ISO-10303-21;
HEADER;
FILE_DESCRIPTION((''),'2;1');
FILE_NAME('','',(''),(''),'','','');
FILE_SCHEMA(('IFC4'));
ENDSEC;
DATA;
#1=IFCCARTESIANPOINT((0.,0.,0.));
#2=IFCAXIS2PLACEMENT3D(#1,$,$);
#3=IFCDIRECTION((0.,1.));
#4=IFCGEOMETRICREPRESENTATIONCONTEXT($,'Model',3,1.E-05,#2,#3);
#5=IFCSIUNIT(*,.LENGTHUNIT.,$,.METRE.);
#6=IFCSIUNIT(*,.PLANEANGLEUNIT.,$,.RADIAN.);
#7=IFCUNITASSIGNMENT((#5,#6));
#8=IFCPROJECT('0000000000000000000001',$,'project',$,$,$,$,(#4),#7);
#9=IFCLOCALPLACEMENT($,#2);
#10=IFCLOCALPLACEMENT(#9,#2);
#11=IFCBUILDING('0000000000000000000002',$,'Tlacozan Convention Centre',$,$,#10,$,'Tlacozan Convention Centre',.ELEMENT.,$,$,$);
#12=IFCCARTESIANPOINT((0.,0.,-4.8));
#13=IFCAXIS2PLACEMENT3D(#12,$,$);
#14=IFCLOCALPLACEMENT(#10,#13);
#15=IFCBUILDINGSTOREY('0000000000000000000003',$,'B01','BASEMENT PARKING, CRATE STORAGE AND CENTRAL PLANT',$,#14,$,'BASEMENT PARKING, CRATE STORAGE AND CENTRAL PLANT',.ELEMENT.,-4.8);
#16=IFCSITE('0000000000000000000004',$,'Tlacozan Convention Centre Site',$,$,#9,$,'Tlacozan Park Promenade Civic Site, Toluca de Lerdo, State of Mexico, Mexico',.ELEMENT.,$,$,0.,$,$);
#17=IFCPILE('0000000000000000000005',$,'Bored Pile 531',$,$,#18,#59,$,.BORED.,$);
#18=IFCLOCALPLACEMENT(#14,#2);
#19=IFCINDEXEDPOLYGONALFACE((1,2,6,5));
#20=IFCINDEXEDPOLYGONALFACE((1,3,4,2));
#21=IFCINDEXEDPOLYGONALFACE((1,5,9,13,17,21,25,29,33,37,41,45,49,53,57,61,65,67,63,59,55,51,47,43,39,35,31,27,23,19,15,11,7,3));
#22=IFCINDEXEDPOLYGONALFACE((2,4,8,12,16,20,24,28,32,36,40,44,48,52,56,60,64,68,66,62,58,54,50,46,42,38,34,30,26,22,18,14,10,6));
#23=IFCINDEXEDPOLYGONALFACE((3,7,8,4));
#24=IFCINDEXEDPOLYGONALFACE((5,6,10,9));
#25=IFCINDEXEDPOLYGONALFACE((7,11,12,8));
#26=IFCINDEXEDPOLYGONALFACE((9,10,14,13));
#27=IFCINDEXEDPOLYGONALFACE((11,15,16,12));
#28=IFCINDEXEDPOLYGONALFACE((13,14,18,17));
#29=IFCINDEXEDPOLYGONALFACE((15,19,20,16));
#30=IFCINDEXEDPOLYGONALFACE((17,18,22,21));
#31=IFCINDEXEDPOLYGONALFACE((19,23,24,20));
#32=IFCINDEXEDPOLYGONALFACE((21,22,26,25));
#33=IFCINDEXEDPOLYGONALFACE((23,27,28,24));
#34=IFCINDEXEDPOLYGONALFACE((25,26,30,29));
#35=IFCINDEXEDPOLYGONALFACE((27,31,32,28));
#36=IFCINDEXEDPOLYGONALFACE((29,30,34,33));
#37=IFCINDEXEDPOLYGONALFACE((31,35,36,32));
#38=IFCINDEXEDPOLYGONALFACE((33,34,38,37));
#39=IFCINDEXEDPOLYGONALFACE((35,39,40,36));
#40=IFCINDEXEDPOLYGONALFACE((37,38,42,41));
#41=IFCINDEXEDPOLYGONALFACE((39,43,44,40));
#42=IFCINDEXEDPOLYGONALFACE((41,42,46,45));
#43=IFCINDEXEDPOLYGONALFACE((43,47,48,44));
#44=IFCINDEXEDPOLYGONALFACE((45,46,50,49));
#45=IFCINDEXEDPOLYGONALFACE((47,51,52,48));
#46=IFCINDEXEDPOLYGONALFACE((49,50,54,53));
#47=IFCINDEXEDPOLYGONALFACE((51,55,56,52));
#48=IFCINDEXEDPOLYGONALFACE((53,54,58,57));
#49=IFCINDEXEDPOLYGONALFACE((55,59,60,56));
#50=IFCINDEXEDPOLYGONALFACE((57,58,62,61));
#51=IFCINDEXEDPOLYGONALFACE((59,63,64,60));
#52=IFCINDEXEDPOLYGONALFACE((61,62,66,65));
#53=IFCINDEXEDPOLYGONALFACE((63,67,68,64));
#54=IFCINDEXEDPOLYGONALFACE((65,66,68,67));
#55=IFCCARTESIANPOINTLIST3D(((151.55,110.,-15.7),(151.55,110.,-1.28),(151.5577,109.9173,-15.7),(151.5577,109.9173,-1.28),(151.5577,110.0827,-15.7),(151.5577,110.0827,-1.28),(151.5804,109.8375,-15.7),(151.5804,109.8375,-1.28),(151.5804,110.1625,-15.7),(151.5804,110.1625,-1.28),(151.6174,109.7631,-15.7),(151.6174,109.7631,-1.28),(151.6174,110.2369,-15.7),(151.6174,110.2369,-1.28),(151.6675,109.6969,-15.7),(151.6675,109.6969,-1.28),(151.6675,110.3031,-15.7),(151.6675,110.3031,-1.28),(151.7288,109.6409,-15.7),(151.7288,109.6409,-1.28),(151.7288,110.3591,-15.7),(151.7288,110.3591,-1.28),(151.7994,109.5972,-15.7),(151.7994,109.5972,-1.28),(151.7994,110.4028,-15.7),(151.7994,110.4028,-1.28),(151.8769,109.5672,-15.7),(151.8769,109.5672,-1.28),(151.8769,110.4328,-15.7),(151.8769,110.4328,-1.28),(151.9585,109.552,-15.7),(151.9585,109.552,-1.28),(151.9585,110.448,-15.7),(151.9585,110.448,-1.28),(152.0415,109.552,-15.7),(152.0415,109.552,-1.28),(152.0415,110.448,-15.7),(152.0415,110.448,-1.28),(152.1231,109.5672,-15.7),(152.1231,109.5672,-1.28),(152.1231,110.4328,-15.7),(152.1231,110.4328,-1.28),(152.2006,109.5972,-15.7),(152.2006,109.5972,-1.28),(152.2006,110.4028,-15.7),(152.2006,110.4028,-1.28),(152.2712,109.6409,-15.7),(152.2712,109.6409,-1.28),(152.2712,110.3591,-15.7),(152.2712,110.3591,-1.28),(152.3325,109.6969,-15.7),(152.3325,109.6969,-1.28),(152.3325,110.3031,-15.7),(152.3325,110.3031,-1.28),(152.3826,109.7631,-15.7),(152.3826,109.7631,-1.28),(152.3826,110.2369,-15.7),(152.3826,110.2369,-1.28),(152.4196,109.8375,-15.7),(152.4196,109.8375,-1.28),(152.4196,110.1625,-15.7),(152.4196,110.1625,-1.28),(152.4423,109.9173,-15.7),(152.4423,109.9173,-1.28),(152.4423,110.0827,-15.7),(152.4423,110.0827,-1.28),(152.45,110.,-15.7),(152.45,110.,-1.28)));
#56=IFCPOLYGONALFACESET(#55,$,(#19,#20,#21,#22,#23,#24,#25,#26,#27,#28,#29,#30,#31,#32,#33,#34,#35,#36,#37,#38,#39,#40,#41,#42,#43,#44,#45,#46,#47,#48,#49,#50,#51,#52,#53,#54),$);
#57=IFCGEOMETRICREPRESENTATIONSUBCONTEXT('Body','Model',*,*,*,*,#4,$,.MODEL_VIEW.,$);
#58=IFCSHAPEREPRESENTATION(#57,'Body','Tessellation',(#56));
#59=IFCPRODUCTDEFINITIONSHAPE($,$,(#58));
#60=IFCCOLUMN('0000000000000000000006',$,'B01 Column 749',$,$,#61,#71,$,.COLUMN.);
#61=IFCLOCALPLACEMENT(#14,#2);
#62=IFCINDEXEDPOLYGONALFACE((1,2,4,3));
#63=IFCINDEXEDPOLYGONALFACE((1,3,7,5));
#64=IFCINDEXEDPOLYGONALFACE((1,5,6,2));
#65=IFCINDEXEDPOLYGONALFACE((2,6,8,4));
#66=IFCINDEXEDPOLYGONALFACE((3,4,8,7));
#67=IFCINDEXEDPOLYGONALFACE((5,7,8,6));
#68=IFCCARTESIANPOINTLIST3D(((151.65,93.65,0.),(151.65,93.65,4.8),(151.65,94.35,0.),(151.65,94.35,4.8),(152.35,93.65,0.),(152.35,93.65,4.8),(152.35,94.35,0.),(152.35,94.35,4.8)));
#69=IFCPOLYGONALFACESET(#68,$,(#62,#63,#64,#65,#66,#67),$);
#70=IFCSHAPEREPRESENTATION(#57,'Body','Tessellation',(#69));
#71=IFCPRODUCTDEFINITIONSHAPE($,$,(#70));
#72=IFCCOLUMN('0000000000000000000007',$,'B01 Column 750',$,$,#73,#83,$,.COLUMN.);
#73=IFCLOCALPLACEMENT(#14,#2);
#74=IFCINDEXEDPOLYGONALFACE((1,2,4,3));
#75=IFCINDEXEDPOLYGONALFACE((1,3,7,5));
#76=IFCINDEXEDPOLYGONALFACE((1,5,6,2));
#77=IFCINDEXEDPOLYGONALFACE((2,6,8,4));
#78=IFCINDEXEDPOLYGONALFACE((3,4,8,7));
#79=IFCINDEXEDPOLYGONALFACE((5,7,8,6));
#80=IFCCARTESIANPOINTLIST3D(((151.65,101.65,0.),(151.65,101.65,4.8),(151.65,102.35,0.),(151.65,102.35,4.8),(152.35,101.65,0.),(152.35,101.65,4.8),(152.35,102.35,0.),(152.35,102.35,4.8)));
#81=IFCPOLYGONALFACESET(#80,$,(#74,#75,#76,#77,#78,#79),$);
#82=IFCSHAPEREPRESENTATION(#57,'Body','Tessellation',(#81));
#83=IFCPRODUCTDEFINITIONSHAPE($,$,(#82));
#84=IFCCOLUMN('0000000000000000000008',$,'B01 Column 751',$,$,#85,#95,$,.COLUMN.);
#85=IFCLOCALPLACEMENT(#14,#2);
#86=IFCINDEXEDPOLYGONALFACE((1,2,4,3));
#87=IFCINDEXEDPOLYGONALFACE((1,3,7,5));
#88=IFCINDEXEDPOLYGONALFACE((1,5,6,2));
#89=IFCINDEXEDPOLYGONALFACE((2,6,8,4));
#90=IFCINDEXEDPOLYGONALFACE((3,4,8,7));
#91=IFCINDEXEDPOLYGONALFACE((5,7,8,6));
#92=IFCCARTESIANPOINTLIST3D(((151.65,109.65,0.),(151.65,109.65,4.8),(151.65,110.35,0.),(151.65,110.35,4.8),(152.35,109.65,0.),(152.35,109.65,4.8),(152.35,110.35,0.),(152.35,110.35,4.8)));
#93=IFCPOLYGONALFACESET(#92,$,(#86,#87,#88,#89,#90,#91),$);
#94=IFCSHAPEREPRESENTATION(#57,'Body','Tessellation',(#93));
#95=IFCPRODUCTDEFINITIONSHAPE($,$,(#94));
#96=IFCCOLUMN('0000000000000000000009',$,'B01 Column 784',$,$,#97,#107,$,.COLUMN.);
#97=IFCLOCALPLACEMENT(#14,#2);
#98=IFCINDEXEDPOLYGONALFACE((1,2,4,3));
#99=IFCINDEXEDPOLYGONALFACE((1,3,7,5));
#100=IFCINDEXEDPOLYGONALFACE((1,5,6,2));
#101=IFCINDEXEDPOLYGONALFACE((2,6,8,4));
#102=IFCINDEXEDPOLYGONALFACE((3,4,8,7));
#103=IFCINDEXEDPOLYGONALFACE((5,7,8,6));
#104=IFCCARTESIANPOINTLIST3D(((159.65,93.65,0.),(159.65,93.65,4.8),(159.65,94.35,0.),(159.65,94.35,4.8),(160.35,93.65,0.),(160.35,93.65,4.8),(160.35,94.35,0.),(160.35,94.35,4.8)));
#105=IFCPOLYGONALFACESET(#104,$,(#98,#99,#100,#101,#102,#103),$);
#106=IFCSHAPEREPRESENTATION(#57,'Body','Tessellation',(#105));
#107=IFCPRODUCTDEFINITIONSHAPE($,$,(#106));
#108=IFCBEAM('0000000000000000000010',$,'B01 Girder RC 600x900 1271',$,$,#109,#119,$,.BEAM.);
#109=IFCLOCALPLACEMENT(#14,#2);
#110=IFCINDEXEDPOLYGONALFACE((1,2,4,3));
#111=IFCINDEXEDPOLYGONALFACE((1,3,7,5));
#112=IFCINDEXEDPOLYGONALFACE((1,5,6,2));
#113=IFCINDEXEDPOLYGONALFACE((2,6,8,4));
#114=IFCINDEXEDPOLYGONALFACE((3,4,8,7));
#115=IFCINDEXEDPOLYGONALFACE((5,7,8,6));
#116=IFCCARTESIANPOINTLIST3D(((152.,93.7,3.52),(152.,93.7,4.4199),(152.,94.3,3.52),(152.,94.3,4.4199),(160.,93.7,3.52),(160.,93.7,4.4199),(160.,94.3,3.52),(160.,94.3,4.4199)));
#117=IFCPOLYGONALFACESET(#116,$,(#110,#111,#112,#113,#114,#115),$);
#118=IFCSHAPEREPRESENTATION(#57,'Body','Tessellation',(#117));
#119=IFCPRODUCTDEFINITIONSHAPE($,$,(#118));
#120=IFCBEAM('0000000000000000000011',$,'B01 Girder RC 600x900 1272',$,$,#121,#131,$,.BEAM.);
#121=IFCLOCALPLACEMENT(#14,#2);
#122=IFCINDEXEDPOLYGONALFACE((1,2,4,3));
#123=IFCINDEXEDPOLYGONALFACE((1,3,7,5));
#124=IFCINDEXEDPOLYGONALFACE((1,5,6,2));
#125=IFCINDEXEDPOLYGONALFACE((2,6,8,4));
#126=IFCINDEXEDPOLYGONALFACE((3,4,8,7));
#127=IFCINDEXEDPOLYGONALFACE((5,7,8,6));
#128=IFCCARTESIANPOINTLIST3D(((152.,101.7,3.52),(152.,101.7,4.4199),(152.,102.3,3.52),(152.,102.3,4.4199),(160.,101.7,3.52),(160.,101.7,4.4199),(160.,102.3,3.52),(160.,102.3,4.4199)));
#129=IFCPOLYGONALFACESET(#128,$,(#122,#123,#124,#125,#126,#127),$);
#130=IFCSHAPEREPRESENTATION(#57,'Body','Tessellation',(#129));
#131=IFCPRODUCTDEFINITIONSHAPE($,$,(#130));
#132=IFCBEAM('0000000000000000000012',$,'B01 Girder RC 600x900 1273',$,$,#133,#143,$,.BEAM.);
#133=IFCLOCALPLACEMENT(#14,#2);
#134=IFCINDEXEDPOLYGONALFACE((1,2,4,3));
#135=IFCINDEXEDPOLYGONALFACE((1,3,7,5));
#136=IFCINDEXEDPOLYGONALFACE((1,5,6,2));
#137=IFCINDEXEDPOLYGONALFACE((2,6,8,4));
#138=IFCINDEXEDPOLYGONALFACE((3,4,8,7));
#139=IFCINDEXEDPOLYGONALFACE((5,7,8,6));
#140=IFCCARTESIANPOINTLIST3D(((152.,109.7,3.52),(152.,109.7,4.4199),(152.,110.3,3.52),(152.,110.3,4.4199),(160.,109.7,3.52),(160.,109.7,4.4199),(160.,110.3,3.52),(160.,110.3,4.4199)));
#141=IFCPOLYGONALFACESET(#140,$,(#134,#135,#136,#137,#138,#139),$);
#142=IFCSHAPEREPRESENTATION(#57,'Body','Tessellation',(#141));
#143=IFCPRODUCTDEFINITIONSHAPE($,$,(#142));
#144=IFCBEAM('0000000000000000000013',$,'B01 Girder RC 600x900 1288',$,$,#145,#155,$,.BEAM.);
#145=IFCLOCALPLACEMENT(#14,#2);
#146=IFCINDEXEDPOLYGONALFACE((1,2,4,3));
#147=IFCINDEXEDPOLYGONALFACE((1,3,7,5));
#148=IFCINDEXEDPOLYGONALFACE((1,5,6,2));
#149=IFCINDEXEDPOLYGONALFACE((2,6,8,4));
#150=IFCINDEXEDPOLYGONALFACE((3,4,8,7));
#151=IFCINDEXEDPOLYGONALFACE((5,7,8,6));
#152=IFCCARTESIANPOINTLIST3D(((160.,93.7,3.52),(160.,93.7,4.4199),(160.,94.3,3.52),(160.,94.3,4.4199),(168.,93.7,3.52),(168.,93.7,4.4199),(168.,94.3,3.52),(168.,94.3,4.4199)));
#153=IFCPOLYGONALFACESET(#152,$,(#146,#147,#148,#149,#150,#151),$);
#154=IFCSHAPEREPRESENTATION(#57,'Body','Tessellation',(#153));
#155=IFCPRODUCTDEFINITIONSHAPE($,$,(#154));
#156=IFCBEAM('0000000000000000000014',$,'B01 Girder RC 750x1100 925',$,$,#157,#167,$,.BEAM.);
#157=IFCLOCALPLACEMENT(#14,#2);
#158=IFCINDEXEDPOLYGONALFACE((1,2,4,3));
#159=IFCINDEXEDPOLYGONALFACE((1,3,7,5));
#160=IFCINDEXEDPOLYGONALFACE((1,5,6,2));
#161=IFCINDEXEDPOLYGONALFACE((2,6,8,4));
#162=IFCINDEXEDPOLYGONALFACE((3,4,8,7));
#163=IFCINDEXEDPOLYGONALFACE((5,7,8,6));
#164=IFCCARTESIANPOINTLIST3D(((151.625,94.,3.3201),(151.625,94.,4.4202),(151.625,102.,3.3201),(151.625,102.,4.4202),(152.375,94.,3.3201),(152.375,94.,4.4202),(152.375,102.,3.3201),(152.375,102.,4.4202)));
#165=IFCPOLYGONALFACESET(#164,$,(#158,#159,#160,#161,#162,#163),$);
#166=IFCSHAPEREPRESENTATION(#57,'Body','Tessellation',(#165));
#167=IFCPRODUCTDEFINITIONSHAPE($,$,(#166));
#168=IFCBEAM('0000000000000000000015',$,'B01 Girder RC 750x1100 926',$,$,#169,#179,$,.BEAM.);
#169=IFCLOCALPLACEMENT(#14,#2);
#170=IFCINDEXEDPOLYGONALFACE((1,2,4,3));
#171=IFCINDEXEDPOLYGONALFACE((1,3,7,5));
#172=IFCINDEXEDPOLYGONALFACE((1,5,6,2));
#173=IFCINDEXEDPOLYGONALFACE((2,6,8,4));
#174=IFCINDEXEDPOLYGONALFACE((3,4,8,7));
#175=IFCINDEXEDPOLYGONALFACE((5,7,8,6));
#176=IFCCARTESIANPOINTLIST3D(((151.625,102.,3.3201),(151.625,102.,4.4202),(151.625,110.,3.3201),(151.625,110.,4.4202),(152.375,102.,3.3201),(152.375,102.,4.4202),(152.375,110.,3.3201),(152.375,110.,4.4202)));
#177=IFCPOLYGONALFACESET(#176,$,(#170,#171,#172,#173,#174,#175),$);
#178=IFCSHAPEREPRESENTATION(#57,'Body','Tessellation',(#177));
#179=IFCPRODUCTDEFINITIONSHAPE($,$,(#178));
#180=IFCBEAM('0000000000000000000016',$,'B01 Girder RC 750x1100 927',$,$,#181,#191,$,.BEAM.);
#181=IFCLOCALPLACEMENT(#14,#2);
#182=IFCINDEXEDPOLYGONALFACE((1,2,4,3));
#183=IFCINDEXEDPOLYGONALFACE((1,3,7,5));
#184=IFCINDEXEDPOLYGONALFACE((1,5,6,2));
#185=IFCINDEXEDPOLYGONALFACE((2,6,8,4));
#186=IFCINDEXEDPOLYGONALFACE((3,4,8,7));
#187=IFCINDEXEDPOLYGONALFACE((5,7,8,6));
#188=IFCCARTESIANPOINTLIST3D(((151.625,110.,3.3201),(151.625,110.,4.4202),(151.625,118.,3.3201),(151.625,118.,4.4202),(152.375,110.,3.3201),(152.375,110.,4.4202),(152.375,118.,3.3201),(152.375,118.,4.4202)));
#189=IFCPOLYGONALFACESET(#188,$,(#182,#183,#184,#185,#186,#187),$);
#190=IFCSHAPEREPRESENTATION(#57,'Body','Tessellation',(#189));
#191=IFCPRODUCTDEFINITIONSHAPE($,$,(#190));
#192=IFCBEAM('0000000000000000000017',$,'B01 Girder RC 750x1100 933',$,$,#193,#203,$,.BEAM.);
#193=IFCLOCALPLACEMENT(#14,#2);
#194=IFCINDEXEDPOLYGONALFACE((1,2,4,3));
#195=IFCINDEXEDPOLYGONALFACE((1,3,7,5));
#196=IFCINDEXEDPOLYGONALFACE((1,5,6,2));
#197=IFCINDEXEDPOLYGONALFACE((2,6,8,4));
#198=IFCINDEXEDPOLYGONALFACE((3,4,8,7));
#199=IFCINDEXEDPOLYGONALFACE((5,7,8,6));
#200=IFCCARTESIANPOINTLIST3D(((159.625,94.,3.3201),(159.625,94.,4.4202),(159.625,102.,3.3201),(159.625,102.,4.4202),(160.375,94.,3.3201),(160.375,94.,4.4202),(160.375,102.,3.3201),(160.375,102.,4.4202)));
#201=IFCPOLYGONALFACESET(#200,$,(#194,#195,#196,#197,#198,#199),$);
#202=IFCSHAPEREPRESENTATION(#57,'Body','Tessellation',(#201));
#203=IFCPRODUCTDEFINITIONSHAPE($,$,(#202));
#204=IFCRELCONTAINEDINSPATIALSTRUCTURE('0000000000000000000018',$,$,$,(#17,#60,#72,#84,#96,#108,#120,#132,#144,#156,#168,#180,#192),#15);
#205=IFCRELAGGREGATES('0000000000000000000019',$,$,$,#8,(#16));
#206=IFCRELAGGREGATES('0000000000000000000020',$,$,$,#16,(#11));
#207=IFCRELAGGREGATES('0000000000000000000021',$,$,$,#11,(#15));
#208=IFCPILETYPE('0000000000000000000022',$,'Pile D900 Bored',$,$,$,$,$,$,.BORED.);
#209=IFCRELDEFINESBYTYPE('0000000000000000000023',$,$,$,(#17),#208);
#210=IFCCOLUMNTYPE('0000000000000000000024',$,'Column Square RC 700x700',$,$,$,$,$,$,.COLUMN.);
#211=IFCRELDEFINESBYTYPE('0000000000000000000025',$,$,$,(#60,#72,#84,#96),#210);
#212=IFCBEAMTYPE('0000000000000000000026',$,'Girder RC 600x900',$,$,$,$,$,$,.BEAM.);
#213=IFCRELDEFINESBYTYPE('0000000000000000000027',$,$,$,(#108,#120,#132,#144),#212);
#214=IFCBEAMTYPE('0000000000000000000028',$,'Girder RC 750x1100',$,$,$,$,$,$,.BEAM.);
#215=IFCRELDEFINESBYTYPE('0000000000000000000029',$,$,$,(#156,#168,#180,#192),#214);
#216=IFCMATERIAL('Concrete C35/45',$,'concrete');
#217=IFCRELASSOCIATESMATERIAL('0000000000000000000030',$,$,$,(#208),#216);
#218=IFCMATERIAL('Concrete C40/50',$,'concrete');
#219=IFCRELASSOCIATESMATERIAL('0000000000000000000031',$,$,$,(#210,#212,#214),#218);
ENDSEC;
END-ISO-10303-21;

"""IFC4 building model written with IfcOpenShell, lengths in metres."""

from ifc_helpers import new_model, si_unit, direction, frame, origin, origin_2d, place, context, subcontext, project, spatial, rectangle, circle, extrude, material, material_profile, profile_set, type_object, element, save


model = new_model("IFC4")

# Units and contexts
model_context = context("Model", 3, precision=1e-05, world=origin(), true_north=direction((0.0, 1.0)))
body_context = subcontext(model_context, "Body", "Model", "MODEL_VIEW")
ifc_project = project(units=[si_unit("LENGTHUNIT", "METRE"), si_unit("PLANEANGLEUNIT", "RADIAN")], contexts=[model_context])

# Site, building, storey
site_placement = place(None, origin())
site = spatial("IfcSite", under=ifc_project, at=site_placement, Name="Tlacozan Convention Centre Site", LongName="Tlacozan Park Promenade Civic Site, Toluca de Lerdo, State of Mexico, Mexico", CompositionType="ELEMENT", RefElevation=0.0)
building_placement = place(site_placement, origin())
building = spatial("IfcBuilding", under=site, at=building_placement, Name="Tlacozan Convention Centre", LongName="Tlacozan Convention Centre", CompositionType="ELEMENT")
storey_placement = place(building_placement, frame((0.0, 0.0, -4.8)))
storey = spatial("IfcBuildingStorey", under=building, at=storey_placement, Name="B01", Description="BASEMENT PARKING, CRATE STORAGE AND CENTRAL PLANT", LongName="BASEMENT PARKING, CRATE STORAGE AND CENTRAL PLANT", CompositionType="ELEMENT", Elevation=-4.8)

# Shared definitions
ifc_material_1 = material(Name="Concrete C35/45", Category="concrete")

# Pile
ifc_material_profile_1 = material_profile(ifc_material_1, circle(Radius=0.45, at=origin_2d()), Name="PILE D900")
ifc_profile_set_1 = profile_set([ifc_material_profile_1], Name="Concrete C35/45")
pile_type_1 = type_object("IfcPileType", Name="Pile D900 Bored", PredefinedType="BORED", material=ifc_profile_set_1)
for number, where, z_axis, x_axis, name in (
    (1, (152.0, 110.0, -1.28), (0.0, 0.0, -1.0), (1.0, 0.0, 0.0), "Bored Pile 531"),
):
    element("IfcPile", number, at=place(storey_placement, frame(where, z_axis=z_axis, x_axis=x_axis)), inside=storey, type_object=pile_type_1, Name=name, PredefinedType="BORED", context=body_context, shape_type="SweptSolid", body=[
        extrude(circle(Radius=0.45, at=origin_2d()), origin(), (0.0, 0.0, 1.0), 14.4199),
    ])

# Columns
ifc_material_2 = material(Name="Concrete C40/50", Category="concrete")
ifc_material_profile_2 = material_profile(ifc_material_2, rectangle(XDim=0.7, YDim=0.7, at=origin_2d()), Name="RC 700x700")
ifc_profile_set_2 = profile_set([ifc_material_profile_2], Name="Concrete C40/50")
column_type = type_object("IfcColumnType", Name="Column Square RC 700x700", PredefinedType="COLUMN", material=ifc_profile_set_2)
for number, where, z_axis, x_axis, name in (
    (2, (152.0, 94.0, 0.0), (0.0, 0.0, 1.0), (1.0, 0.0, 0.0), "B01 Column 749"),
    (3, (152.0, 102.0, 0.0), (0.0, 0.0, 1.0), (1.0, 0.0, 0.0), "B01 Column 750"),
    (4, (152.0, 110.0, 0.0), (0.0, 0.0, 1.0), (1.0, 0.0, 0.0), "B01 Column 751"),
    (5, (160.0, 94.0, 0.0), (0.0, 0.0, 1.0), (1.0, 0.0, 0.0), "B01 Column 784"),
):
    element("IfcColumn", number, at=place(storey_placement, frame(where, z_axis=z_axis, x_axis=x_axis)), inside=storey, type_object=column_type, Name=name, PredefinedType="COLUMN", context=body_context, shape_type="SweptSolid", body=[
        extrude(rectangle(XDim=0.7, YDim=0.7, at=origin_2d()), origin(), (0.0, 0.0, 1.0), 4.8),
    ])

# Beams
ifc_material_profile_3 = material_profile(ifc_material_2, rectangle(XDim=0.6001, YDim=0.8999, at=origin_2d()), Name="RC 600x900")
ifc_profile_set_3 = profile_set([ifc_material_profile_3], Name="Concrete C40/50")
beam_type_1 = type_object("IfcBeamType", Name="Girder RC 600x900", PredefinedType="BEAM", material=ifc_profile_set_3)
for number, where, z_axis, x_axis, name in (
    (6, (152.0, 94.0, 3.97), (1.0, 0.0, 0.0), (0.0, 1.0, 0.0), "B01 Girder RC 600x900 1271"),
    (7, (152.0, 102.0, 3.97), (1.0, 0.0, 0.0), (0.0, 1.0, 0.0), "B01 Girder RC 600x900 1272"),
    (8, (152.0, 110.0, 3.97), (1.0, 0.0, 0.0), (0.0, 1.0, 0.0), "B01 Girder RC 600x900 1273"),
    (9, (160.0, 94.0, 3.97), (1.0, 0.0, 0.0), (0.0, 1.0, 0.0), "B01 Girder RC 600x900 1288"),
):
    element("IfcBeam", number, at=place(storey_placement, frame(where, z_axis=z_axis, x_axis=x_axis)), inside=storey, type_object=beam_type_1, Name=name, PredefinedType="BEAM", context=body_context, shape_type="SweptSolid", body=[
        extrude(rectangle(XDim=0.6001, YDim=0.8999, at=origin_2d()), origin(), (0.0, 0.0, 1.0), 8.0),
    ])
ifc_material_profile_4 = material_profile(ifc_material_2, rectangle(XDim=0.75, YDim=1.1001, at=origin_2d()), Name="RC 750x1100")
ifc_profile_set_4 = profile_set([ifc_material_profile_4], Name="Concrete C40/50")
beam_type_2 = type_object("IfcBeamType", Name="Girder RC 750x1100", PredefinedType="BEAM", material=ifc_profile_set_4)
for number, where, z_axis, x_axis, name in (
    (10, (152.0, 94.0, 3.8701), (0.0, 1.0, 0.0), (-1.0, 0.0, 0.0), "B01 Girder RC 750x1100 925"),
    (11, (152.0, 102.0, 3.8701), (0.0, 1.0, 0.0), (-1.0, 0.0, 0.0), "B01 Girder RC 750x1100 926"),
    (12, (152.0, 110.0, 3.8701), (0.0, 1.0, 0.0), (-1.0, 0.0, 0.0), "B01 Girder RC 750x1100 927"),
    (13, (160.0, 94.0, 3.8701), (0.0, 1.0, 0.0), (-1.0, 0.0, 0.0), "B01 Girder RC 750x1100 933"),
):
    element("IfcBeam", number, at=place(storey_placement, frame(where, z_axis=z_axis, x_axis=x_axis)), inside=storey, type_object=beam_type_2, Name=name, PredefinedType="BEAM", context=body_context, shape_type="SweptSolid", body=[
        extrude(rectangle(XDim=0.75, YDim=1.1001, at=origin_2d()), origin(), (0.0, 0.0, 1.0), 8.0),
    ])

save(model, "model.ifc")
